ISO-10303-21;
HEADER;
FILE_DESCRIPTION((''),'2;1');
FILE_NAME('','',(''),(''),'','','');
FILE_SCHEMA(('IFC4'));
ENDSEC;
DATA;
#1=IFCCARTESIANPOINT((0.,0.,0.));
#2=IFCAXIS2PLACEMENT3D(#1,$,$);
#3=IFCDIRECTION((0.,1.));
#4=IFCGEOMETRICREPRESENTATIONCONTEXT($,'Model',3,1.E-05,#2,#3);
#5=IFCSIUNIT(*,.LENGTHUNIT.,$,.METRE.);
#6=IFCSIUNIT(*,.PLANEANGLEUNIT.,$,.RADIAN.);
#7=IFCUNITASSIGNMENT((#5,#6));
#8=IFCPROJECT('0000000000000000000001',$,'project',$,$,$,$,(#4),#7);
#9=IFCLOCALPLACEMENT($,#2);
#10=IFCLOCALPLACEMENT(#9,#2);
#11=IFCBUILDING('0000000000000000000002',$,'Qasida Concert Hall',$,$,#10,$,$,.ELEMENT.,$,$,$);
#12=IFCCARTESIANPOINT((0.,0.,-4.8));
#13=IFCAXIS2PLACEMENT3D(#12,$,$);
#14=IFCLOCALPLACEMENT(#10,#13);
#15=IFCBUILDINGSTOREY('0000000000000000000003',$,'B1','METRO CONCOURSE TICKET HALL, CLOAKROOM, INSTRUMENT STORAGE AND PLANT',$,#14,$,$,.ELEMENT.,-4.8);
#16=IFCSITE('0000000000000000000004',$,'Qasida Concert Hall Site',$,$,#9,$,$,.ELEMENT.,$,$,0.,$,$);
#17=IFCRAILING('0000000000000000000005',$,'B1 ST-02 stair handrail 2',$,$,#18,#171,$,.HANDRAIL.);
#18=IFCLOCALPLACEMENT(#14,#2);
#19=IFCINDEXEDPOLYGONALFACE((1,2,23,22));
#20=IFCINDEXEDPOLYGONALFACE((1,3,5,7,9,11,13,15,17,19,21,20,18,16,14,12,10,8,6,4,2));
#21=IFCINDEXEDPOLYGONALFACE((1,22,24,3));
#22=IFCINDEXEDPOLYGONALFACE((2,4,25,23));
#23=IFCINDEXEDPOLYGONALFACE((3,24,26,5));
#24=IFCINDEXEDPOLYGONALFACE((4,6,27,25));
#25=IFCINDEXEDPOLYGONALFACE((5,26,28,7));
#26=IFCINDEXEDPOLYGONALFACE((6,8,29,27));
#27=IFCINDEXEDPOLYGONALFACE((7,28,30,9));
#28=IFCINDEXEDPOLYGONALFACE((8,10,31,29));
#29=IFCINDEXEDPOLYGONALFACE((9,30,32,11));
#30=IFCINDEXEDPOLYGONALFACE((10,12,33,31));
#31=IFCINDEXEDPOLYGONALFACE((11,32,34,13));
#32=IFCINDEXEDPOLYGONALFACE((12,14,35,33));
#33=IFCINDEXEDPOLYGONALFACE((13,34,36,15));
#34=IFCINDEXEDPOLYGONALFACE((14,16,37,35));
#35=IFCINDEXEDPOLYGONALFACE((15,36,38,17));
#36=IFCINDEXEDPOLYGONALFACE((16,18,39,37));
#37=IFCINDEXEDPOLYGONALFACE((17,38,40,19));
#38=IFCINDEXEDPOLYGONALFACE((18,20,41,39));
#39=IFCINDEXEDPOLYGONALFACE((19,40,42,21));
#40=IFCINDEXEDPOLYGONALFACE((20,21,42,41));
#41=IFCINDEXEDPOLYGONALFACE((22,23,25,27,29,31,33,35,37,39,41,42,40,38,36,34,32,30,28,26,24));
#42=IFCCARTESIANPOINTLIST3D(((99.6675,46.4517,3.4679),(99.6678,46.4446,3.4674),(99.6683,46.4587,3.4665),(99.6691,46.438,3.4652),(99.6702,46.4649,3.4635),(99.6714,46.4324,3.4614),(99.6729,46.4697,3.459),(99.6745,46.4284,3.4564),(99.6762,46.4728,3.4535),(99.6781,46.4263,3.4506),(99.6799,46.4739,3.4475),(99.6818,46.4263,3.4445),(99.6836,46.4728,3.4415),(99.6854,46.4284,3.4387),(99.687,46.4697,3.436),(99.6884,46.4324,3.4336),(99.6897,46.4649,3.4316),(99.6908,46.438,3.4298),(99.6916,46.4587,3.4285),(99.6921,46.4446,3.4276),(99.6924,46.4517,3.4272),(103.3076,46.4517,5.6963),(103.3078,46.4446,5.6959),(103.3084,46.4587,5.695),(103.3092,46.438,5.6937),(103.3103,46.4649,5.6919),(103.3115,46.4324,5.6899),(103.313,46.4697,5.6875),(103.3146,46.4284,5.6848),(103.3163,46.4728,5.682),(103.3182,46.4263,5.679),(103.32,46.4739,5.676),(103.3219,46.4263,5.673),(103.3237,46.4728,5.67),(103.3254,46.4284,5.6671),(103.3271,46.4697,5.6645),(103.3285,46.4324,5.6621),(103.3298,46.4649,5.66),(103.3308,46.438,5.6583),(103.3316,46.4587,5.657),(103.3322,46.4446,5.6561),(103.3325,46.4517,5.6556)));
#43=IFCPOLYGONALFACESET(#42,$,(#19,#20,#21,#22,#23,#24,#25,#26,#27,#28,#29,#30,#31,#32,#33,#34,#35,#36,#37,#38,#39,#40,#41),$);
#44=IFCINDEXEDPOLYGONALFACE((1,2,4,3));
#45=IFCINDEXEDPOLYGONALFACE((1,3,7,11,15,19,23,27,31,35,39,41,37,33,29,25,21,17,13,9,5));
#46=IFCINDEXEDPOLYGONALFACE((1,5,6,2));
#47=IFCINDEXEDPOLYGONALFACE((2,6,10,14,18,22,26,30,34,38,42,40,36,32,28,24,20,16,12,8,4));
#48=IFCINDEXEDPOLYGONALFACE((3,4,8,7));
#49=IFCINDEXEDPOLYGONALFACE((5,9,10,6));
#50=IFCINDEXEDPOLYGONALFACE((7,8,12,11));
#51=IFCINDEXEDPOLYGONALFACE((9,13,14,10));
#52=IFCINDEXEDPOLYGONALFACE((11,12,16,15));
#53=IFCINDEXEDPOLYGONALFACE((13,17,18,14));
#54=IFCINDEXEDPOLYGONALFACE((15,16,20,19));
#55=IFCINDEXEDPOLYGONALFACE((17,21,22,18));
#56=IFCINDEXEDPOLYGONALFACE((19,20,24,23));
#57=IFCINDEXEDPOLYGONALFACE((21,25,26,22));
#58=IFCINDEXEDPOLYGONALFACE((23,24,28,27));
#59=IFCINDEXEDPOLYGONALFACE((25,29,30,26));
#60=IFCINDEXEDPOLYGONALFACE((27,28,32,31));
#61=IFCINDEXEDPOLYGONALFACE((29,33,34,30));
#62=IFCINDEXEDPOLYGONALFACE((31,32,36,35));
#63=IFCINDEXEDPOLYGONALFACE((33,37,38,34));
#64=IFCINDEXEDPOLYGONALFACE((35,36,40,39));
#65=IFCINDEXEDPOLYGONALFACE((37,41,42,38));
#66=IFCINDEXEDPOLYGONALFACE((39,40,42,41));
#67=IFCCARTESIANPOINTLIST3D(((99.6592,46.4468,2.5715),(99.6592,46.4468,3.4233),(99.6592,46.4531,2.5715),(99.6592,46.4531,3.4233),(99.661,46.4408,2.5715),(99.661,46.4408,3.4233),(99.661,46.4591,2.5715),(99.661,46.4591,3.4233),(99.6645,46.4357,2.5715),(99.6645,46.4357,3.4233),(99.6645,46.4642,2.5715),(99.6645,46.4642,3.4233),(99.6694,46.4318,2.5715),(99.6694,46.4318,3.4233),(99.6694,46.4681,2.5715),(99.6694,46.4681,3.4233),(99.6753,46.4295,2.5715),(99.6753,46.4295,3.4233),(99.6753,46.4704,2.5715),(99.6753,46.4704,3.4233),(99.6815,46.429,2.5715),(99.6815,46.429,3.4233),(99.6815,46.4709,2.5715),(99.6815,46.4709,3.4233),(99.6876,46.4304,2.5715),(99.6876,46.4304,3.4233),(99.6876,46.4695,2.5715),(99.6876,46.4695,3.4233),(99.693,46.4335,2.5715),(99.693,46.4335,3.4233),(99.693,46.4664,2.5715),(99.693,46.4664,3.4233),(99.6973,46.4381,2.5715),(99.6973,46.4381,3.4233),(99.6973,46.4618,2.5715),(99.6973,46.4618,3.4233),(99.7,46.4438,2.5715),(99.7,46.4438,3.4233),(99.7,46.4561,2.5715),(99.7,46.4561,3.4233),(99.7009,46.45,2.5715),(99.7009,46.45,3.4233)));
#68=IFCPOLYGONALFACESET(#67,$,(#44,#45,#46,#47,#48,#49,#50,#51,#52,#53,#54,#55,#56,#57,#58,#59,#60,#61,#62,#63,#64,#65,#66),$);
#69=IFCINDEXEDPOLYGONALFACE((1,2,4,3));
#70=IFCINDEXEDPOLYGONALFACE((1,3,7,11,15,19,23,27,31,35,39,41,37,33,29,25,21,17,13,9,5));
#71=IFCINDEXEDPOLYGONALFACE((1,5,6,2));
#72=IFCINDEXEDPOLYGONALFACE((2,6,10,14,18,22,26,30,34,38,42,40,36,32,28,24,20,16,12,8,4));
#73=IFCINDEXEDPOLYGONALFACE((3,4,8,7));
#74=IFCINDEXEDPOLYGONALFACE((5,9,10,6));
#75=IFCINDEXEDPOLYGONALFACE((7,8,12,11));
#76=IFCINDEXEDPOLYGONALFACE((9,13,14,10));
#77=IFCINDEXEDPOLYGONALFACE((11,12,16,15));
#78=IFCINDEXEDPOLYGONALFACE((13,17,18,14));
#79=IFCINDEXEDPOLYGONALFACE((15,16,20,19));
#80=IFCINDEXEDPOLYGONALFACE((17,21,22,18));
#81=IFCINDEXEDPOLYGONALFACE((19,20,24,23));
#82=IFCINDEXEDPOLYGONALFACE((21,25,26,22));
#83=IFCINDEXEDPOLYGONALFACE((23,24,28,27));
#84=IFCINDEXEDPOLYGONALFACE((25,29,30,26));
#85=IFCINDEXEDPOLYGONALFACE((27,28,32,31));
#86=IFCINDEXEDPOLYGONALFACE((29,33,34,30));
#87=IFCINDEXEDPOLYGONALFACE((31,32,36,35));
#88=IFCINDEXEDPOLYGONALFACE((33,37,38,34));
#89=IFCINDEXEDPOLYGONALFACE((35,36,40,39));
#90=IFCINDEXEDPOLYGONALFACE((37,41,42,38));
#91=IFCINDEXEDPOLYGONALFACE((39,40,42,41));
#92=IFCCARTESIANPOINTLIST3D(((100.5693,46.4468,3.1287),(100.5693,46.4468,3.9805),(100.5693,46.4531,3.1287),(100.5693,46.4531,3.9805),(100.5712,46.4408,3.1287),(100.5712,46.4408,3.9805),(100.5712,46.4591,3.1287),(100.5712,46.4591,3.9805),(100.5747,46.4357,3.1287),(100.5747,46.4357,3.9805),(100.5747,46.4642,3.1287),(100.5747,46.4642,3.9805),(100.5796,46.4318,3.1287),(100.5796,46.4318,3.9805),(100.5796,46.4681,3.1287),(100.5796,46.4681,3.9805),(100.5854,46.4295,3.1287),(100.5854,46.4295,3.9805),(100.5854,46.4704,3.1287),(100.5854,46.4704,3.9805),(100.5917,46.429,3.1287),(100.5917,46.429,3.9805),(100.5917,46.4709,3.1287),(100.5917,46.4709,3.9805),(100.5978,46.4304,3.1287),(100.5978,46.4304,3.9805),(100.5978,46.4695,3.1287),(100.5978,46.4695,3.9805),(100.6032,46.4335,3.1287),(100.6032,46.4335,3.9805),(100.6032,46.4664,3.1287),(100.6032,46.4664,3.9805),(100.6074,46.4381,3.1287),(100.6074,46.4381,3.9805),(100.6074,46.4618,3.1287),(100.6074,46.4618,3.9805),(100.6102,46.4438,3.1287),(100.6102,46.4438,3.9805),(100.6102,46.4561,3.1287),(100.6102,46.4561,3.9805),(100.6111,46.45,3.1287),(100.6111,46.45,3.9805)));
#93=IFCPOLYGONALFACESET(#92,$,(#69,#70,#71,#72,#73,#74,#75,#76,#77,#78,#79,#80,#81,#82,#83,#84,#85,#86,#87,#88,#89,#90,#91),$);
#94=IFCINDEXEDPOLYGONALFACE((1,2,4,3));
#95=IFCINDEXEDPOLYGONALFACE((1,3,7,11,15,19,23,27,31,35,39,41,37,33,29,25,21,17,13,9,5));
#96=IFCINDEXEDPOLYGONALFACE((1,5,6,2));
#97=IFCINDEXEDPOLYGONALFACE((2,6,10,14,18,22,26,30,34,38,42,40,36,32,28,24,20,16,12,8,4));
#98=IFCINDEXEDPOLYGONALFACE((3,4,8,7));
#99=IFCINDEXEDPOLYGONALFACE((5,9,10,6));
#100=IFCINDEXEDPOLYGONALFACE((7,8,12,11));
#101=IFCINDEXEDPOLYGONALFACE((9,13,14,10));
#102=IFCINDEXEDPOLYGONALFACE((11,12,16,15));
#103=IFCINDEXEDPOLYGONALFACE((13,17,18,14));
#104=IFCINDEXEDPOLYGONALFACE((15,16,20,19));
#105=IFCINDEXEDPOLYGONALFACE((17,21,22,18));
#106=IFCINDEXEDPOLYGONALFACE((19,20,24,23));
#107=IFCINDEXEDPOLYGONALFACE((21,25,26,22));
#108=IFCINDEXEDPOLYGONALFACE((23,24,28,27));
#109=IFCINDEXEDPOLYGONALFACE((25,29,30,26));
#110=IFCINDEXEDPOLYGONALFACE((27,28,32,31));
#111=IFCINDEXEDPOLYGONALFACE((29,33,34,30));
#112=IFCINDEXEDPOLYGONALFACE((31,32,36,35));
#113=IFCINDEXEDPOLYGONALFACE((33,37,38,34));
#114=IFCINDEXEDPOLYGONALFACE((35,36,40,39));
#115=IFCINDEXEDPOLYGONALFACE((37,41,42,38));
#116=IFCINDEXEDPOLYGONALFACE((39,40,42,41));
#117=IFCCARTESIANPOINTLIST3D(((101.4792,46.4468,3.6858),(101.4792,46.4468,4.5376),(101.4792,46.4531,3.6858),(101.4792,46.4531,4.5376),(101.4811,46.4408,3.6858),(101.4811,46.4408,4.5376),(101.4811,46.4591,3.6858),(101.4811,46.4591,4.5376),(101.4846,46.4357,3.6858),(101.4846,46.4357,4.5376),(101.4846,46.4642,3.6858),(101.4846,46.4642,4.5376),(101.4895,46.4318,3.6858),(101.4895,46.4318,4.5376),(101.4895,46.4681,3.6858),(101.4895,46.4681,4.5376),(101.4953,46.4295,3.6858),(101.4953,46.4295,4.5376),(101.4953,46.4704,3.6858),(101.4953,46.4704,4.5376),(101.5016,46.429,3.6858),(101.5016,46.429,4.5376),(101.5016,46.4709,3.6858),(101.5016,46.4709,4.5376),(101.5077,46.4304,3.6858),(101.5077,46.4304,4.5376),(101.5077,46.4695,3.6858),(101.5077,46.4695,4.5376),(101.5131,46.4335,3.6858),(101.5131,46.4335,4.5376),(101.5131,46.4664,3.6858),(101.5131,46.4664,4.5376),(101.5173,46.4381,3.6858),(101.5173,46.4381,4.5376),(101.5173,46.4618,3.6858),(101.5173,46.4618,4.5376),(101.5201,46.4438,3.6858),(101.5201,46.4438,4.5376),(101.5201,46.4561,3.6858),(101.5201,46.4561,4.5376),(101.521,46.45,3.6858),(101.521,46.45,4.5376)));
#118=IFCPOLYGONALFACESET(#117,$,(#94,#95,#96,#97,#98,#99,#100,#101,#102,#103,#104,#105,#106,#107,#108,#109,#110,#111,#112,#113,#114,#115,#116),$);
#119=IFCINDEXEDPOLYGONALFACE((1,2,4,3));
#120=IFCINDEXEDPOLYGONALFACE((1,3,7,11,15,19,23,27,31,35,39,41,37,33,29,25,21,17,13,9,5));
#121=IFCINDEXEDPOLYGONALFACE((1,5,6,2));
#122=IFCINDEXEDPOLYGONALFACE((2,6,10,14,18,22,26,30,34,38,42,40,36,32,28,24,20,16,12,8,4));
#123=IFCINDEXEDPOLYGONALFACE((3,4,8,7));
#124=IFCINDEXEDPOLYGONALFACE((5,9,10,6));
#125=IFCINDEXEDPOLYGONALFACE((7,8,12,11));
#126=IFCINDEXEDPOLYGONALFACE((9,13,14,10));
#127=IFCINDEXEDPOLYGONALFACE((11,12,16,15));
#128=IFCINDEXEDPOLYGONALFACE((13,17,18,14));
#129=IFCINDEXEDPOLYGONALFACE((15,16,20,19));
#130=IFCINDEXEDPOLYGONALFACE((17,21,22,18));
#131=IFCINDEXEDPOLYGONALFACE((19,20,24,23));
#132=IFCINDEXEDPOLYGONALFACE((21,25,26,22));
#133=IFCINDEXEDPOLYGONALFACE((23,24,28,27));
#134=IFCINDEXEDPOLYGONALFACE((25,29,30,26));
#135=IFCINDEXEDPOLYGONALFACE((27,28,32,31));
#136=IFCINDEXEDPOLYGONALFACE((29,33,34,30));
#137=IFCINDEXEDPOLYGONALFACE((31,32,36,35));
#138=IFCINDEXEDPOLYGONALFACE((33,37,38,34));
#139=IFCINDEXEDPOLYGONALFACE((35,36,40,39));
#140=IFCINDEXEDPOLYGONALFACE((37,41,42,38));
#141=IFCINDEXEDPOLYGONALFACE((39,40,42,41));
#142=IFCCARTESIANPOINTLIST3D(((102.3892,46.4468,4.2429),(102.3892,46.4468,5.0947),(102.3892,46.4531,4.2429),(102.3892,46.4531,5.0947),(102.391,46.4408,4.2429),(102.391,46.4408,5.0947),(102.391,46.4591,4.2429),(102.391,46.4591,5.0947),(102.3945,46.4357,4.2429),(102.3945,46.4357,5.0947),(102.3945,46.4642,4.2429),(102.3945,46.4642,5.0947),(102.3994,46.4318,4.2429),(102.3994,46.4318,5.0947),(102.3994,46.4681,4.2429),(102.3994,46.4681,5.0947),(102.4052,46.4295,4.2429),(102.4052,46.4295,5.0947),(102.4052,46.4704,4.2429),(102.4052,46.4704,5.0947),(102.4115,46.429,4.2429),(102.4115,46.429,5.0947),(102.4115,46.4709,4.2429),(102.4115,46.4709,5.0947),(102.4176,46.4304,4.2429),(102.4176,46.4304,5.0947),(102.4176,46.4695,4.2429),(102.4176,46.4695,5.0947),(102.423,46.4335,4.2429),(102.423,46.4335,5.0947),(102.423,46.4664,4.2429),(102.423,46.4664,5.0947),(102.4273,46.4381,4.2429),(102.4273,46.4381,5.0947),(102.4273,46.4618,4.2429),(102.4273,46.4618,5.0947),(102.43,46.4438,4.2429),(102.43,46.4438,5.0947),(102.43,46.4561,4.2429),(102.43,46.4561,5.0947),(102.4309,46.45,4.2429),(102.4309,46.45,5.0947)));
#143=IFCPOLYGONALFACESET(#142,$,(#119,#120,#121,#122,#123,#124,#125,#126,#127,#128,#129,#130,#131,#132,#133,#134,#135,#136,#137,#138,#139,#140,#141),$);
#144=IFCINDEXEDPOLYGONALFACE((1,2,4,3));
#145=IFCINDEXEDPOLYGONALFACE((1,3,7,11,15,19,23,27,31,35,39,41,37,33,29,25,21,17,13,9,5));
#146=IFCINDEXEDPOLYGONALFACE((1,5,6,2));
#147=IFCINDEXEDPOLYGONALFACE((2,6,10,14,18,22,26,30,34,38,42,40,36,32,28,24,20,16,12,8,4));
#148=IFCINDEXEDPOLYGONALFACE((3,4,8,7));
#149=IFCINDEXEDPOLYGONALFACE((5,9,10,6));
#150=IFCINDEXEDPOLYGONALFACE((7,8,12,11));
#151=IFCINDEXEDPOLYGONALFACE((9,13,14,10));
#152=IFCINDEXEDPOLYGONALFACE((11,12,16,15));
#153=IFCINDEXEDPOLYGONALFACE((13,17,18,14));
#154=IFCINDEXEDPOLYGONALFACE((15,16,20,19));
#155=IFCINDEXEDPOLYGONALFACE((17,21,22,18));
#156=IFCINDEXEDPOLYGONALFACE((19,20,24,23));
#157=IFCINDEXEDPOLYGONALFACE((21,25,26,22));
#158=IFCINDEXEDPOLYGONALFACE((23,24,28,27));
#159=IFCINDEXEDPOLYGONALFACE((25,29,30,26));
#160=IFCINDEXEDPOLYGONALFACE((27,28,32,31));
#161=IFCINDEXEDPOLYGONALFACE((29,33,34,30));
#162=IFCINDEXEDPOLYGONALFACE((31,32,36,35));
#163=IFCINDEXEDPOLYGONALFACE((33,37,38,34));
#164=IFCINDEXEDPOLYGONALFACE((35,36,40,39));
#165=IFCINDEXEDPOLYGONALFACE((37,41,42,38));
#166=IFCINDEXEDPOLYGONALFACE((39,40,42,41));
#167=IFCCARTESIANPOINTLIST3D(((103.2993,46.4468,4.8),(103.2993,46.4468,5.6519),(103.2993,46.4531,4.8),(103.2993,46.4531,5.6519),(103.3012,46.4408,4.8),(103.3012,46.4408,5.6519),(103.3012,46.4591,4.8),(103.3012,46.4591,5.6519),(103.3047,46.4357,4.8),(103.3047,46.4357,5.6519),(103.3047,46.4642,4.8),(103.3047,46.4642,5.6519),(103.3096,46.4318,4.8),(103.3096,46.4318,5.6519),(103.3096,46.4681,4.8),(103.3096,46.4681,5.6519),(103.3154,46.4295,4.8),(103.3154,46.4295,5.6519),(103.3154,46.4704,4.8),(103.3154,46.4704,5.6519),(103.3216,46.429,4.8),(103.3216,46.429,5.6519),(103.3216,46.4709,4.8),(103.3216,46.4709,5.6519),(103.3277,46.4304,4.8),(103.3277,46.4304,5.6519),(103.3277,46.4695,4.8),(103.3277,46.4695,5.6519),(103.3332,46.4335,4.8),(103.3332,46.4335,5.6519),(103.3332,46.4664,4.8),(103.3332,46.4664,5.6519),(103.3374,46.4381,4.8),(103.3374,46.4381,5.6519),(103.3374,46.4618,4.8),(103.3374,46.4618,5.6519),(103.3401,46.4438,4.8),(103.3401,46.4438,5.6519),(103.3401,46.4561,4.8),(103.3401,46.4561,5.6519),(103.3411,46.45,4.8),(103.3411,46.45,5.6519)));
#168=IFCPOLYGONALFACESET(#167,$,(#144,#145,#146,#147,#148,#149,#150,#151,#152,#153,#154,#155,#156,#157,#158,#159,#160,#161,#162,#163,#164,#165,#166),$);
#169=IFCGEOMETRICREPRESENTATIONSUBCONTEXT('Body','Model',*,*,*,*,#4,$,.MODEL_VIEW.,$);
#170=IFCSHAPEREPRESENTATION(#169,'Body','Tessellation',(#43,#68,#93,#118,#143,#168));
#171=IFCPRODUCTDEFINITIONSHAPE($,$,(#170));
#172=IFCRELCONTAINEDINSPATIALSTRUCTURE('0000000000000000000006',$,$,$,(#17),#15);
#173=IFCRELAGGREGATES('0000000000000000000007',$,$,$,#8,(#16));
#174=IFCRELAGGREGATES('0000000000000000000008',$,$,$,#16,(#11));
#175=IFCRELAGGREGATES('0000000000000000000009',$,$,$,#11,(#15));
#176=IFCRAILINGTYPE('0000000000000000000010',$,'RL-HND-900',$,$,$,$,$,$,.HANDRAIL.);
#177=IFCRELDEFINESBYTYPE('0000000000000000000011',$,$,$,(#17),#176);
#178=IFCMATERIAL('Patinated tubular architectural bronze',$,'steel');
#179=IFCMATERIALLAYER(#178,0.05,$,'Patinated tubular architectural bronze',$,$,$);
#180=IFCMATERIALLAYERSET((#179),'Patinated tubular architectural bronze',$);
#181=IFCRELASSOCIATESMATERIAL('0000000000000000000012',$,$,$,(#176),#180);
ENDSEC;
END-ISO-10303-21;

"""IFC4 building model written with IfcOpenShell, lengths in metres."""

from ifc_helpers import new_model, si_unit, direction, frame, origin, origin_2d, place, context, subcontext, project, spatial, circle, extrude, material, layer, layer_set, type_object, element, save


model = new_model("IFC4")

# Units and contexts
model_context = context("Model", 3, precision=1e-05, world=origin(), true_north=direction((0.0, 1.0)))
body_context = subcontext(model_context, "Body", "Model", "MODEL_VIEW")
ifc_project = project(units=[si_unit("LENGTHUNIT", "METRE"), si_unit("PLANEANGLEUNIT", "RADIAN")], contexts=[model_context])

# Site, building, storey
site_placement = place(None, origin())
site = spatial("IfcSite", under=ifc_project, at=site_placement, Name="Qasida Concert Hall Site", CompositionType="ELEMENT", RefElevation=0.0)
building_placement = place(site_placement, origin())
building = spatial("IfcBuilding", under=site, at=building_placement, Name="Qasida Concert Hall", CompositionType="ELEMENT")
storey_placement = place(building_placement, frame((0.0, 0.0, -4.8)))
storey = spatial("IfcBuildingStorey", under=building, at=storey_placement, Name="B1", Description="METRO CONCOURSE TICKET HALL, CLOAKROOM, INSTRUMENT STORAGE AND PLANT", CompositionType="ELEMENT", Elevation=-4.8)

# Railing
ifc_material_1 = material(Name="Patinated tubular architectural bronze", Category="steel")
ifc_layer_1 = layer(ifc_material_1, 0.05, Name="Patinated tubular architectural bronze")
ifc_layer_set_1 = layer_set([ifc_layer_1], Name="Patinated tubular architectural bronze")
railing_type_1 = type_object("IfcRailingType", Name="RL-HND-900", PredefinedType="HANDRAIL", material=ifc_layer_set_1)
railing_1_placement = place(storey_placement, frame((99.6799, 46.45, 2.5715)))
element("IfcRailing", 1, at=railing_1_placement, inside=storey, type_object=railing_type_1, Name="B1 ST-02 stair handrail 2", PredefinedType="HANDRAIL", context=body_context, shape_type="SweptSolid", body=[
    extrude(circle(Radius=0.0239, at=origin_2d()), frame((0.0, 0.0, 0.876), z_axis=(0.852866, 0.0, 0.52213), x_axis=(0.0, 1.0, 0.0)), (0.0, 0.0, 1.0), 4.2681),
    extrude(circle(Radius=0.021, at=origin_2d()), origin(), (0.0, 0.0, 1.0), 0.8518),
    extrude(circle(Radius=0.021, at=origin_2d()), frame((0.9102, 0.0, 0.5571)), (0.0, 0.0, 1.0), 0.8518),
    extrude(circle(Radius=0.021, at=origin_2d()), frame((1.8201, 0.0, 1.1143)), (0.0, 0.0, 1.0), 0.8518),
    extrude(circle(Radius=0.021, at=origin_2d()), frame((2.73, 0.0, 1.6714)), (0.0, 0.0, 1.0), 0.8518),
    extrude(circle(Radius=0.021, at=origin_2d()), frame((3.6401, 0.0, 2.2285)), (0.0, 0.0, 1.0), 0.8518),
])

save(model, "model.ifc")
